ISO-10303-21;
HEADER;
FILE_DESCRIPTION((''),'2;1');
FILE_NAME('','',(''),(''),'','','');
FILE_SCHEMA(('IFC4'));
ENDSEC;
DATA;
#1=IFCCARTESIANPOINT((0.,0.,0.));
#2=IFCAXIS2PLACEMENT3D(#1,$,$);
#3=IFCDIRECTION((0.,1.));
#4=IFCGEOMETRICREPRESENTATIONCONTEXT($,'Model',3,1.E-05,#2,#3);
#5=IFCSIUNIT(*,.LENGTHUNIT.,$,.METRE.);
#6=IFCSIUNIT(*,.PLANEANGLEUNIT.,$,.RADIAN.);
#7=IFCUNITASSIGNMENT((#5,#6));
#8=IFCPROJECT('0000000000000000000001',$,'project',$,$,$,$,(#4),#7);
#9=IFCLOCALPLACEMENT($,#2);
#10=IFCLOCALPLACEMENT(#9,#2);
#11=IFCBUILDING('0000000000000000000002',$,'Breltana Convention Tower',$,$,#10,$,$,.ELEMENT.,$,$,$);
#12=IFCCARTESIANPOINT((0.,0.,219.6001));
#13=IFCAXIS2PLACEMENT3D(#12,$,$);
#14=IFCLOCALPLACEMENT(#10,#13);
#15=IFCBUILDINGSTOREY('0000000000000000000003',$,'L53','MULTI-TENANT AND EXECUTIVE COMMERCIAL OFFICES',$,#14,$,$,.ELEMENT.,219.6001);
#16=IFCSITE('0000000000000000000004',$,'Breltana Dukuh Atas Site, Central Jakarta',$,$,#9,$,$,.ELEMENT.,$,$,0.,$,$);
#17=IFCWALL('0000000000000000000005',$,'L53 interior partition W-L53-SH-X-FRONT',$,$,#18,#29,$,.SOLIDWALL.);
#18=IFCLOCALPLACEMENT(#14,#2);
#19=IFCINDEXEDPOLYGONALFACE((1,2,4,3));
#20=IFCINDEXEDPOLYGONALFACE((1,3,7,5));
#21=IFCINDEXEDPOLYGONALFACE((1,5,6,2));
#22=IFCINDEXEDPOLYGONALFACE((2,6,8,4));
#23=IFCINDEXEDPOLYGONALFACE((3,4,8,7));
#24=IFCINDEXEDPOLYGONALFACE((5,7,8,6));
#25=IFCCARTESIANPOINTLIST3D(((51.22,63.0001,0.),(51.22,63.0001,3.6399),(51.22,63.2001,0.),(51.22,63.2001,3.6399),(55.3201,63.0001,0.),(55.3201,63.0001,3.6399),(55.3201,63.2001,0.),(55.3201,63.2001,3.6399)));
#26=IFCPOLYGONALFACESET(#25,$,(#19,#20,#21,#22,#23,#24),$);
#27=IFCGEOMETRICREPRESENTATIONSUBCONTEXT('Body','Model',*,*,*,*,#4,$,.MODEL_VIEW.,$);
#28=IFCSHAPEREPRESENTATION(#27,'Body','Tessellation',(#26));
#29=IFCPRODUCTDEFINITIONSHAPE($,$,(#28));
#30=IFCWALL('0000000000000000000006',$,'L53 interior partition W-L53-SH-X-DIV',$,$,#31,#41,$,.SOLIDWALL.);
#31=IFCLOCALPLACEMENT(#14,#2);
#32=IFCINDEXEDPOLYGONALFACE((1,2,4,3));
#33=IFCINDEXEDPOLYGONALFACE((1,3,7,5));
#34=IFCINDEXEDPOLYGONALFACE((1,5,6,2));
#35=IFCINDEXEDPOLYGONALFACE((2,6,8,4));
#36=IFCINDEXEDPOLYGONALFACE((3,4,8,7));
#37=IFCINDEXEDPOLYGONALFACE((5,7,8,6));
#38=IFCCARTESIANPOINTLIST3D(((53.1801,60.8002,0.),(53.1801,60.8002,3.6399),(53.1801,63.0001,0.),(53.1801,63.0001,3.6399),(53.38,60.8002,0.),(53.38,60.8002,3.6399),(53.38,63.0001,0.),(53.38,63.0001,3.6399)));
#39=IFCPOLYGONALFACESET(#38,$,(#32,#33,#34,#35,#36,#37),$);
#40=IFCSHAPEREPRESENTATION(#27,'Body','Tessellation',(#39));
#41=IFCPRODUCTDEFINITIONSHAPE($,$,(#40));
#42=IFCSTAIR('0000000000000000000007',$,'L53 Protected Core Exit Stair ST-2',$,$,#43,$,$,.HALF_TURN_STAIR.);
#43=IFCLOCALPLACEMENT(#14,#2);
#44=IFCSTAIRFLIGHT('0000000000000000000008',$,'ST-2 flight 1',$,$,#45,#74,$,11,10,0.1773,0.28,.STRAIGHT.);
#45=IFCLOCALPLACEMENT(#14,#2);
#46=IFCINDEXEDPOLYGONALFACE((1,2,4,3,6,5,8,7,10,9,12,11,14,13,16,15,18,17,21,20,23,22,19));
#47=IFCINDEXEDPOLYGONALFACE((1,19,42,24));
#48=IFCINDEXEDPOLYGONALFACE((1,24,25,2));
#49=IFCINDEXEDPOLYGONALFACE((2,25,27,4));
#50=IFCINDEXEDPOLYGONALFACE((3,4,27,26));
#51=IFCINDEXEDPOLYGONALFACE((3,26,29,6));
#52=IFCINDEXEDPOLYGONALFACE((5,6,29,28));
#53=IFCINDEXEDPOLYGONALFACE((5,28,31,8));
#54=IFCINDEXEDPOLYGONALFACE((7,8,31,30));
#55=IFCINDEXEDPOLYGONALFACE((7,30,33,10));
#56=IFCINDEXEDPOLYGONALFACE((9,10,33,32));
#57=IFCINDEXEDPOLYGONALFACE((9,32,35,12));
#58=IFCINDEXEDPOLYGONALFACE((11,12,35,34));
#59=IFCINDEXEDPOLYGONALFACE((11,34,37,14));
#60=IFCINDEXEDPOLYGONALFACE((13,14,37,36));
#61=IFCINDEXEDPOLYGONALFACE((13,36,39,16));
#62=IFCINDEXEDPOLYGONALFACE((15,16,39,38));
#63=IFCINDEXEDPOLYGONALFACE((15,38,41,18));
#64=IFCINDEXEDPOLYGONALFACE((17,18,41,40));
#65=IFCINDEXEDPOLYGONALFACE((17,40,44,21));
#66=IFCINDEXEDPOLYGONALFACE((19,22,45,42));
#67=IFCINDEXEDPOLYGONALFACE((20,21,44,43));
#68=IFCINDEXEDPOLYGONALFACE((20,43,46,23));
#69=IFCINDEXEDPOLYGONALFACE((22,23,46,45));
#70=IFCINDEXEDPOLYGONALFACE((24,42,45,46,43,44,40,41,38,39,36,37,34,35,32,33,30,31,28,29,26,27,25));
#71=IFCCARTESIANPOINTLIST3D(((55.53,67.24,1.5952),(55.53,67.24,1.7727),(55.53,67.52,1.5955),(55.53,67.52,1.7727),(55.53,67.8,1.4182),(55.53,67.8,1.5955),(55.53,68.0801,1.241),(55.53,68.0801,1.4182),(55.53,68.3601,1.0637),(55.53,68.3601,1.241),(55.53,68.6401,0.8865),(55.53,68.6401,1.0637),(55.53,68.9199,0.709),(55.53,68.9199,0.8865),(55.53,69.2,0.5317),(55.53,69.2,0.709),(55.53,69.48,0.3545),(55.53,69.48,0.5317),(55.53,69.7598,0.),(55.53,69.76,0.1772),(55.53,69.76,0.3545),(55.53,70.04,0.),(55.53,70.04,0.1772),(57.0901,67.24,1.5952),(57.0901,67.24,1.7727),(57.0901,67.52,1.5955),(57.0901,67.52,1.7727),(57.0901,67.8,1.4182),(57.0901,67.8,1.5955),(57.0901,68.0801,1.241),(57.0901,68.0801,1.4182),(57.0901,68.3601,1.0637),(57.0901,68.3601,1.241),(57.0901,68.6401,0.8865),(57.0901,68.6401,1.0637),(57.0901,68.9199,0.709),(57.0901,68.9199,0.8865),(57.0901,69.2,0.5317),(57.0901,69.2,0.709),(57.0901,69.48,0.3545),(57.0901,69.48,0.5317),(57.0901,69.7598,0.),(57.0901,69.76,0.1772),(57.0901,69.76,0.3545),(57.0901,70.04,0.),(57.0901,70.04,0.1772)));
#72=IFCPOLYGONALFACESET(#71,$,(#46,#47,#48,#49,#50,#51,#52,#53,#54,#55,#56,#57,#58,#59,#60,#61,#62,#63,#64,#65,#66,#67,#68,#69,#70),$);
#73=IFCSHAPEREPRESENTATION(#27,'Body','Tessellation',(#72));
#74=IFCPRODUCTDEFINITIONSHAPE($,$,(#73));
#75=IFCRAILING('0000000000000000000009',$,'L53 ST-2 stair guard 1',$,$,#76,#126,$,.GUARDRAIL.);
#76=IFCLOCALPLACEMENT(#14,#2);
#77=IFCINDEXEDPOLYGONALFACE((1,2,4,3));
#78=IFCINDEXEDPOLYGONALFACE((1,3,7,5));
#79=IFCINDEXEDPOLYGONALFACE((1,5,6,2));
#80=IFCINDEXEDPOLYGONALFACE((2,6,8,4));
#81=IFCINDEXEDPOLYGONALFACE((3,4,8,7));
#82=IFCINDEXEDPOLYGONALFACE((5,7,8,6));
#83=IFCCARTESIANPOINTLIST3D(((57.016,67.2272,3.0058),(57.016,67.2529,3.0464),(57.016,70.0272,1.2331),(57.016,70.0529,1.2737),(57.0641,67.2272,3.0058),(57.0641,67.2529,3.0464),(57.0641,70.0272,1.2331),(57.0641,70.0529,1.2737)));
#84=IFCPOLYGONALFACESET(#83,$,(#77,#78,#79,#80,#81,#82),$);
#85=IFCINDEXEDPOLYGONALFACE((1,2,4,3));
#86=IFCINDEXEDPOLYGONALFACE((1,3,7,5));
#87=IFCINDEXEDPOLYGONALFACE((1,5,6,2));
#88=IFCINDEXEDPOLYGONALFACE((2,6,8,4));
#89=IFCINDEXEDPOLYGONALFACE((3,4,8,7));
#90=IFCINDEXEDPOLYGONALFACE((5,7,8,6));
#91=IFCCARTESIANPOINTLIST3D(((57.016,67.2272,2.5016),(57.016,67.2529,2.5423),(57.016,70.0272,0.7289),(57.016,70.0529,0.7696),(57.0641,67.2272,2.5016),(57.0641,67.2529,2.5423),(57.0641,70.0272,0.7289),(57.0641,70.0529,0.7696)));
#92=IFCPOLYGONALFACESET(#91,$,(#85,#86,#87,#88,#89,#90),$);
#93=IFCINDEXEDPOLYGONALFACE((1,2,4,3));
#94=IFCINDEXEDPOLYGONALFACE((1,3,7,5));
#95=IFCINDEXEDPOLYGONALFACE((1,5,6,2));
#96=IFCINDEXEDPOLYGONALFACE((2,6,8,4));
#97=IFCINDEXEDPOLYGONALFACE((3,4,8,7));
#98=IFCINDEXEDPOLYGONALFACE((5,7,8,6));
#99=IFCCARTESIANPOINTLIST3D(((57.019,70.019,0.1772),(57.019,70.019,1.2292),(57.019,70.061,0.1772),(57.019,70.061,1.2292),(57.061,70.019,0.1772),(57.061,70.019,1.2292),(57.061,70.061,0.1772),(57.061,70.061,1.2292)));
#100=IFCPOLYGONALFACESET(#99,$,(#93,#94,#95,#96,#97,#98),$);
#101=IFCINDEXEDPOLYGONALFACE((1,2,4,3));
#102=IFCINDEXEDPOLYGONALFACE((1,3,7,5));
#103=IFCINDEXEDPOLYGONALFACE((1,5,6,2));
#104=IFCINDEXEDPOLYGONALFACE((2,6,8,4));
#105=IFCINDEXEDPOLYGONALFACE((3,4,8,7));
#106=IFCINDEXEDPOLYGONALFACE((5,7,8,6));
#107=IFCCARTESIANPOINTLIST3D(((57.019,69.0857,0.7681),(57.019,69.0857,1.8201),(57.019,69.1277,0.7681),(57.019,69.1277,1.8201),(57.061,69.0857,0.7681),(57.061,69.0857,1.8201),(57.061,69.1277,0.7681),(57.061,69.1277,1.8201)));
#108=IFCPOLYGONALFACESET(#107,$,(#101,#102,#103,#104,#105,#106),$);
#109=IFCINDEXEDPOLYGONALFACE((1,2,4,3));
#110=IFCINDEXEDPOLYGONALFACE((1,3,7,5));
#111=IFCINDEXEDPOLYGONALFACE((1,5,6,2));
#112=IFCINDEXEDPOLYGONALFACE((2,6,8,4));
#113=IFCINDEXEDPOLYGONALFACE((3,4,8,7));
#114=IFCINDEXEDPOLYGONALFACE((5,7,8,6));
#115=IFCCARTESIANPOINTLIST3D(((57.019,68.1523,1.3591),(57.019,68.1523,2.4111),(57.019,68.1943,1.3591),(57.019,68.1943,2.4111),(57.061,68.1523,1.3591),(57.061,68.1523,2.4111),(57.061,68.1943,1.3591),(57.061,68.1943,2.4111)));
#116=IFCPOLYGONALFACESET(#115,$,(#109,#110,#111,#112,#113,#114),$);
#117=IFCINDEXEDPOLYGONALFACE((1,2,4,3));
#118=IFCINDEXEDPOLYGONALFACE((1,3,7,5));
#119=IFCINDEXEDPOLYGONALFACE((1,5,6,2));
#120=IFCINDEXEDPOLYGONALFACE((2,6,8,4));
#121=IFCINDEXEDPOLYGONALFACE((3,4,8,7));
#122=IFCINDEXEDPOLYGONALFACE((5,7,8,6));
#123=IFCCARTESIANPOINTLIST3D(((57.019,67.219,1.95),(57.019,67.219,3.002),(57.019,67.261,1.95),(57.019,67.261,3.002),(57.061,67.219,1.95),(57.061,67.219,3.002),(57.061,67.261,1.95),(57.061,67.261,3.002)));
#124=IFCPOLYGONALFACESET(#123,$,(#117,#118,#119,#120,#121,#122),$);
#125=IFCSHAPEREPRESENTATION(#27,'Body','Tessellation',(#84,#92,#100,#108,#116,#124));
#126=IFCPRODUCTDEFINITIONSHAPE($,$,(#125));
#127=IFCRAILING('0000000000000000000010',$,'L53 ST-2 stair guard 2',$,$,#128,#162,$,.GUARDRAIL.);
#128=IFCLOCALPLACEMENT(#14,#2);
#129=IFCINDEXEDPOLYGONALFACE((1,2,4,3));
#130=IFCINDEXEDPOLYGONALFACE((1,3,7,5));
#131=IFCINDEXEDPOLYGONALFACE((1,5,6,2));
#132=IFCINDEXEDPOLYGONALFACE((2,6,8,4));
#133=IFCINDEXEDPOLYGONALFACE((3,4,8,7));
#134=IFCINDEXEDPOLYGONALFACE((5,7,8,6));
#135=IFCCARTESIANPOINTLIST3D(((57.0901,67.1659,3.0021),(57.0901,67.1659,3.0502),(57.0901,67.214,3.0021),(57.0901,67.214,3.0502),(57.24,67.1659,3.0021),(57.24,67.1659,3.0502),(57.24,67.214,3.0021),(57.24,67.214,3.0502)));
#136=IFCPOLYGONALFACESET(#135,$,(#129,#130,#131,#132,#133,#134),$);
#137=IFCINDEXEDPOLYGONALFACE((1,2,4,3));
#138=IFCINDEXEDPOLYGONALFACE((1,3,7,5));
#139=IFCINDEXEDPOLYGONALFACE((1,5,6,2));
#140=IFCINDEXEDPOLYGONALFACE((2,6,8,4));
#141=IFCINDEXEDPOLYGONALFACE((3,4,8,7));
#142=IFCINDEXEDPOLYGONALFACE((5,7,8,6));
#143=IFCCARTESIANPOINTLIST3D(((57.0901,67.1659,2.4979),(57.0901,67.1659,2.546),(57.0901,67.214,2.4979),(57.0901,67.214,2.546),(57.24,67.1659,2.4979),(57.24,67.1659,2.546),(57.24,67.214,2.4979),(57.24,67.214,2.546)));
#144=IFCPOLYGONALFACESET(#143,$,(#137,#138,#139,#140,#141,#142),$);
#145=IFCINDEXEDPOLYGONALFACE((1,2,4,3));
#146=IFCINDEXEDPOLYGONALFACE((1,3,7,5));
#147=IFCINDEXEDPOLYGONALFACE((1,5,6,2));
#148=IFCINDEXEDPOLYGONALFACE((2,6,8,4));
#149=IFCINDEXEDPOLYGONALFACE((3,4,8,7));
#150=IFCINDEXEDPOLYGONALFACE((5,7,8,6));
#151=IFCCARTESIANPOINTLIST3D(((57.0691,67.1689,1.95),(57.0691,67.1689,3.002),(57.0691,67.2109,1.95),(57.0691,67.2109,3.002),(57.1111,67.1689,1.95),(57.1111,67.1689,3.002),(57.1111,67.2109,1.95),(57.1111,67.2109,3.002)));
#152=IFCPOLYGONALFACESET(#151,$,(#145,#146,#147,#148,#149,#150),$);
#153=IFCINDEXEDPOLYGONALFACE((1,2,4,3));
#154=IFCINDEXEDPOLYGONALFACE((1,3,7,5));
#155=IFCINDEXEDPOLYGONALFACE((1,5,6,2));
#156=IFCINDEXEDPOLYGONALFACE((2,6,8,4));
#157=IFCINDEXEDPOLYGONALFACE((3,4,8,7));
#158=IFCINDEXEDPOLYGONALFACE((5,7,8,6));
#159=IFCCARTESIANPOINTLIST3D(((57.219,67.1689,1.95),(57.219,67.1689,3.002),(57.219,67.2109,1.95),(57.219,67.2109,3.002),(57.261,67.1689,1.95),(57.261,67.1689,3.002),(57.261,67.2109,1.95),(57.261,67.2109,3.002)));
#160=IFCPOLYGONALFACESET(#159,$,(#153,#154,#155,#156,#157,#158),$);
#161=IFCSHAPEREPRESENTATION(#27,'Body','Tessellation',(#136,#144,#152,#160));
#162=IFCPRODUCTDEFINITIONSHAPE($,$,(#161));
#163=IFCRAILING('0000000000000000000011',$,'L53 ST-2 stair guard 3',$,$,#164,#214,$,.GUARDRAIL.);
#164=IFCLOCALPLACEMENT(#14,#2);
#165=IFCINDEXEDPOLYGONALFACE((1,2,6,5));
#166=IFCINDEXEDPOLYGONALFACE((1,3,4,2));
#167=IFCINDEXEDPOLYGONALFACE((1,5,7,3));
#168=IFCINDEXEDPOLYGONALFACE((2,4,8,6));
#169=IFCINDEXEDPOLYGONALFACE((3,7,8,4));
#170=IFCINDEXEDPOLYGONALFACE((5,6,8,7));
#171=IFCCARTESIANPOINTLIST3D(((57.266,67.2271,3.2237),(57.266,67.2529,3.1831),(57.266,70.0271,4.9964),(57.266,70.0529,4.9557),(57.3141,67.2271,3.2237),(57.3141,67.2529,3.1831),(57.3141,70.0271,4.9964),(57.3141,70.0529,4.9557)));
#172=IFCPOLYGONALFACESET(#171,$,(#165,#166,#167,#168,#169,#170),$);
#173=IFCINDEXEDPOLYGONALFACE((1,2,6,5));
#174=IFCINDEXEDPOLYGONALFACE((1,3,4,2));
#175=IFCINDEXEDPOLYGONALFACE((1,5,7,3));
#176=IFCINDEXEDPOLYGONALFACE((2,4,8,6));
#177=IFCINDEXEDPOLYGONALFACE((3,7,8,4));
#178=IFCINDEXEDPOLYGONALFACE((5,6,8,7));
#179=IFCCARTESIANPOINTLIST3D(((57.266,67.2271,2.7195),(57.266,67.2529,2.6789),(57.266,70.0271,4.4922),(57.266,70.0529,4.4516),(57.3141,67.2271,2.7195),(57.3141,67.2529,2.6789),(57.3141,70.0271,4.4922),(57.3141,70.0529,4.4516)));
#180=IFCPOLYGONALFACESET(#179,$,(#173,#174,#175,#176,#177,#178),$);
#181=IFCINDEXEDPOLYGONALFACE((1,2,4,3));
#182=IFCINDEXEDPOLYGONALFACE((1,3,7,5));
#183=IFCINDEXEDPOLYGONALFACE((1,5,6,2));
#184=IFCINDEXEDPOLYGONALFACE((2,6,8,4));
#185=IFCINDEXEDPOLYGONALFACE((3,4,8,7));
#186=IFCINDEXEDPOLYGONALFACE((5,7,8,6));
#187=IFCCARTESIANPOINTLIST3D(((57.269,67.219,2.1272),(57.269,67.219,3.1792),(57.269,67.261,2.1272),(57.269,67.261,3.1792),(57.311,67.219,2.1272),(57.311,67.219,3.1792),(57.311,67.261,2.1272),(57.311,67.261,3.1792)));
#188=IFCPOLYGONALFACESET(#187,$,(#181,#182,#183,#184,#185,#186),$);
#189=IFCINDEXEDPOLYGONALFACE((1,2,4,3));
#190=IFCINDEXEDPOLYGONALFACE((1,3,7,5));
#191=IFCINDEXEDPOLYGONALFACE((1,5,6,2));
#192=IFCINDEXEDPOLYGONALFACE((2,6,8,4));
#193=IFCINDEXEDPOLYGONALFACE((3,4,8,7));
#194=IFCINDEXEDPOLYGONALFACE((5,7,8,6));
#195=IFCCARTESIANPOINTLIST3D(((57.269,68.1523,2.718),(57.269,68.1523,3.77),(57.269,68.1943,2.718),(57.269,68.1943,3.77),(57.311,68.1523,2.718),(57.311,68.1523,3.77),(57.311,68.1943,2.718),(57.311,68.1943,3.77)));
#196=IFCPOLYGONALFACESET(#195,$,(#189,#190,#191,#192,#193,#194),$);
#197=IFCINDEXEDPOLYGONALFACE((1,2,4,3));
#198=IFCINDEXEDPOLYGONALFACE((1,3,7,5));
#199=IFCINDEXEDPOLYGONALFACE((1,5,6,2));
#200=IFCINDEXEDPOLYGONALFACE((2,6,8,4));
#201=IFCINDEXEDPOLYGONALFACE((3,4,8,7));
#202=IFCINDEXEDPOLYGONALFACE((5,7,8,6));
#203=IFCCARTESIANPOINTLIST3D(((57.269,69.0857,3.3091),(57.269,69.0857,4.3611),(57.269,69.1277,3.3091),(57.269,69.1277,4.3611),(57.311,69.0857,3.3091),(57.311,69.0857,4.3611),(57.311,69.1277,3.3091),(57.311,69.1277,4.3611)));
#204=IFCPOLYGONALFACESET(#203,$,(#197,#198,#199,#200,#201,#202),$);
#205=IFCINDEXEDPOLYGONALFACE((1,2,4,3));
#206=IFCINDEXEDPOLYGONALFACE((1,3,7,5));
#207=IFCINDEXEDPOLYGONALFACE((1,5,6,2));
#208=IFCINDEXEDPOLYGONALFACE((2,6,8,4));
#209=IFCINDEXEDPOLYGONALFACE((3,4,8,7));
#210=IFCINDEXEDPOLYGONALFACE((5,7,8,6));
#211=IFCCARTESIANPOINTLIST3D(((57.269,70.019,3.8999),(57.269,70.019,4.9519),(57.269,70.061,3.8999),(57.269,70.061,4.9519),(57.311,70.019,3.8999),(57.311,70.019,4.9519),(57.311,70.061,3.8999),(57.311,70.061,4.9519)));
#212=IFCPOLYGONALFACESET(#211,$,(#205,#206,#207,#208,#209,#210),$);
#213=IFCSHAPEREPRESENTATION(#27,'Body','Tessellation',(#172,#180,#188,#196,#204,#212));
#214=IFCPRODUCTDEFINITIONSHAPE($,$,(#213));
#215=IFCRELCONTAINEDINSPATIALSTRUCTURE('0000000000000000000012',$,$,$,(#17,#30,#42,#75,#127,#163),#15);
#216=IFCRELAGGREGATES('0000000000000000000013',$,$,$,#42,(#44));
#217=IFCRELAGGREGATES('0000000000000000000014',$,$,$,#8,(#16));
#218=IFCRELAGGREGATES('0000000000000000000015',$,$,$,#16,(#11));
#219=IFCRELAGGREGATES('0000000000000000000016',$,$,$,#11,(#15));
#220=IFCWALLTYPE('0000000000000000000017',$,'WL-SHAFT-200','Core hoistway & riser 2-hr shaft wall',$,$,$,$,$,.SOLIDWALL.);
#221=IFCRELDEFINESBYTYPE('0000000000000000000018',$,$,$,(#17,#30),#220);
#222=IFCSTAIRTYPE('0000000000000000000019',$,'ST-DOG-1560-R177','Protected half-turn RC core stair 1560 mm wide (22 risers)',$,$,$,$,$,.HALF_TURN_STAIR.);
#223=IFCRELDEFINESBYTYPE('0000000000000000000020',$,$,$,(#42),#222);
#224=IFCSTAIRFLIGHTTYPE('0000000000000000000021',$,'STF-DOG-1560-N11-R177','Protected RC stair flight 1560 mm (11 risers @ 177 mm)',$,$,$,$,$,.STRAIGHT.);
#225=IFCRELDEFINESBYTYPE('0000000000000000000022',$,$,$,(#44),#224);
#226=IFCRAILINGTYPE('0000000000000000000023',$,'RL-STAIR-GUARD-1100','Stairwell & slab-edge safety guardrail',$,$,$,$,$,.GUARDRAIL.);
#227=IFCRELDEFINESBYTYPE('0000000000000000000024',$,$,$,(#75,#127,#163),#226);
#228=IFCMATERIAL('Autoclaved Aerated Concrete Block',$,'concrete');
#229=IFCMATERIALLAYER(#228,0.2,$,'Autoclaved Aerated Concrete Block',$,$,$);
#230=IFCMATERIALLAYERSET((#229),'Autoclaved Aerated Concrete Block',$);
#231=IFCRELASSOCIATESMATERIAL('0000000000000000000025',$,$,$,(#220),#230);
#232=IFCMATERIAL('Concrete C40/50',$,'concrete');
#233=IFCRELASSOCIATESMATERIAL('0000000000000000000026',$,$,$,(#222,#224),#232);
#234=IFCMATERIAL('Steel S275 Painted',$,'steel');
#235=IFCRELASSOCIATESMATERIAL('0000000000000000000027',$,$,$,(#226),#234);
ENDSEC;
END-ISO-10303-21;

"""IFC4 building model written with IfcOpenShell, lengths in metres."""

from ifc_helpers import new_model, si_unit, direction, frame, frame_2d, origin, origin_2d, place, context, subcontext, project, spatial, polyline, rectangle, outline, extrude, source, transform, mapped, material, layer, layer_set, type_object, element, aggregate, save


model = new_model("IFC4")

# Units and contexts
model_context = context("Model", 3, precision=1e-05, world=origin(), true_north=direction((0.0, 1.0)))
body_context = subcontext(model_context, "Body", "Model", "MODEL_VIEW")
ifc_project = project(units=[si_unit("LENGTHUNIT", "METRE"), si_unit("PLANEANGLEUNIT", "RADIAN")], contexts=[model_context])

# Site, building, storey
site_placement = place(None, origin())
site = spatial("IfcSite", under=ifc_project, at=site_placement, Name="Breltana Dukuh Atas Site, Central Jakarta", CompositionType="ELEMENT", RefElevation=0.0)
building_placement = place(site_placement, origin())
building = spatial("IfcBuilding", under=site, at=building_placement, Name="Breltana Convention Tower", CompositionType="ELEMENT")
storey_placement = place(building_placement, frame((0.0, 0.0, 219.6001)))
storey = spatial("IfcBuildingStorey", under=building, at=storey_placement, Name="L53", Description="MULTI-TENANT AND EXECUTIVE COMMERCIAL OFFICES", CompositionType="ELEMENT", Elevation=219.6001)

# Shared definitions
ifc_material_1 = material(Name="Autoclaved Aerated Concrete Block", Category="concrete")
ifc_layer_1 = layer(ifc_material_1, 0.2, Name="Autoclaved Aerated Concrete Block")
ifc_layer_set_1 = layer_set([ifc_layer_1], Name="Autoclaved Aerated Concrete Block")
wall_type_1 = type_object("IfcWallType", Name="WL-SHAFT-200", Description="Core hoistway & riser 2-hr shaft wall", PredefinedType="SOLIDWALL", material=ifc_layer_set_1)

# Walls
shared_shape_1 = source(origin(), body_context, "Body", "SweptSolid", [
    extrude(rectangle(XDim=4.1001, YDim=0.2, at=frame_2d((2.05, 0.0))), origin(), (0.0, 0.0, 1.0), 3.6399),
])
wall_1_placement = place(storey_placement, frame((51.22, 63.1001, 0.0), z_axis=(0.0, 0.0, 1.0), x_axis=(1.0, 0.0, 0.0)))
element("IfcWall", 1, at=wall_1_placement, inside=storey, type_object=wall_type_1, Name="L53 interior partition W-L53-SH-X-FRONT", PredefinedType="SOLIDWALL", context=body_context, shape_type="MappedRepresentation", body=[
    mapped(shared_shape_1, transform((0.0, 0.0, 0.0), scale=1.0)),
])
shared_shape_2 = source(origin(), body_context, "Body", "SweptSolid", [
    extrude(rectangle(XDim=2.2, YDim=0.2, at=frame_2d((1.1001, 0.0))), origin(), (0.0, 0.0, 1.0), 3.6399),
])
wall_2_placement = place(storey_placement, frame((53.28, 60.8, 0.0), z_axis=(0.0, 0.0, 1.0), x_axis=(0.0, 1.0, 0.0)))
element("IfcWall", 2, at=wall_2_placement, inside=storey, type_object=wall_type_1, Name="L53 interior partition W-L53-SH-X-DIV", PredefinedType="SOLIDWALL", context=body_context, shape_type="MappedRepresentation", body=[
    mapped(shared_shape_2, transform((0.0, 0.0, 0.0), scale=1.0)),
])

# Stair, stair flight
ifc_material_2 = material(Name="Concrete C40/50", Category="concrete")
stair_type = type_object("IfcStairType", Name="ST-DOG-1560-R177", Description="Protected half-turn RC core stair 1560 mm wide (22 risers)", PredefinedType="HALF_TURN_STAIR", material=ifc_material_2)
stair_placement = place(storey_placement, origin())
stair = element("IfcStair", 3, at=stair_placement, inside=storey, type_object=stair_type, Name="L53 Protected Core Exit Stair ST-2", PredefinedType="HALF_TURN_STAIR")
stair_flight_type = type_object("IfcStairFlightType", Name="STF-DOG-1560-N11-R177", Description="Protected RC stair flight 1560 mm (11 risers @ 177 mm)", PredefinedType="STRAIGHT", material=ifc_material_2)
stair_flight_placement = place(storey_placement, frame((56.3101, 70.04, 0.0), z_axis=(0.0, 0.0, 1.0), x_axis=(0.0, -1.0, 0.0)))
stair_flight = element("IfcStairFlight", 4, at=stair_flight_placement, type_object=stair_flight_type, Name="ST-2 flight 1", NumberOfRisers=11, NumberOfTreads=10, PredefinedType="STRAIGHT", RiserHeight=0.1773, TreadLength=0.28, context=body_context, shape_type="SweptSolid", body=[
    extrude(outline(polyline([(0.0, 0.0), (0.0, 0.1772), (0.28, 0.1772), (0.28, 0.3545), (0.5601, 0.3545), (0.5601, 0.5317), (0.8401, 0.5317), (0.8401, 0.709), (1.1201, 0.709), (1.1201, 0.8865), (1.3999, 0.8865), (1.3999, 1.0637), (1.6799, 1.0637), (1.6799, 1.241), (1.96, 1.241), (1.96, 1.4182), (2.24, 1.4182), (2.24, 1.5955), (2.52, 1.5955), (2.52, 1.7727), (2.8, 1.7727), (2.8, 1.95), (2.8, 1.5952), (0.2803, 0.0), (0.0, 0.0)])), frame((0.0, 0.78, 0.0), z_axis=(0.0, -1.0, 0.0), x_axis=(1.0, 0.0, 0.0)), (0.0, 0.0, 1.0), 1.5601),
])
aggregate(stair, [stair_flight])

# Railings
ifc_material_3 = material(Name="Steel S275 Painted", Category="steel")
railing_type_1 = type_object("IfcRailingType", Name="RL-STAIR-GUARD-1100", Description="Stairwell & slab-edge safety guardrail", PredefinedType="GUARDRAIL", material=ifc_material_3)
railing_1_placement = place(storey_placement, frame((57.04, 70.04, 0.1772)))
element("IfcRailing", 5, at=railing_1_placement, inside=storey, type_object=railing_type_1, Name="L53 ST-2 stair guard 1", PredefinedType="GUARDRAIL", context=body_context, shape_type="SweptSolid", body=[
    extrude(rectangle(XDim=0.0481, YDim=0.0481, at=origin_2d()), frame((0.0, 0.0, 1.0762), z_axis=(0.0, -0.844909, 0.53491), x_axis=(1.0, 0.0, 0.0)), (0.0, 0.0, 1.0), 3.314),
    extrude(rectangle(XDim=0.0481, YDim=0.0481, at=origin_2d()), frame((0.0, 0.0, 0.572), z_axis=(0.0, -0.844909, 0.53491), x_axis=(1.0, 0.0, 0.0)), (0.0, 0.0, 1.0), 3.314),
    extrude(rectangle(XDim=0.042, YDim=0.042, at=origin_2d()), origin(), (0.0, 0.0, 1.0), 1.052),
    extrude(rectangle(XDim=0.042, YDim=0.042, at=origin_2d()), frame((0.0, -0.9333, 0.5908)), (0.0, 0.0, 1.0), 1.052),
    extrude(rectangle(XDim=0.042, YDim=0.042, at=origin_2d()), frame((0.0, -1.8667, 1.1819)), (0.0, 0.0, 1.0), 1.052),
    extrude(rectangle(XDim=0.042, YDim=0.042, at=origin_2d()), frame((0.0, -2.8, 1.7727)), (0.0, 0.0, 1.0), 1.052),
])
railing_2_placement = place(storey_placement, frame((57.0901, 67.1899, 1.95)))
element("IfcRailing", 6, at=railing_2_placement, inside=storey, type_object=railing_type_1, Name="L53 ST-2 stair guard 2", PredefinedType="GUARDRAIL", context=body_context, shape_type="SweptSolid", body=[
    extrude(rectangle(XDim=0.0481, YDim=0.0481, at=origin_2d()), frame((0.0, 0.0, 1.0762), z_axis=(1.0, 0.0, 0.0), x_axis=(0.0, 1.0, 0.0)), (0.0, 0.0, 1.0), 0.1499),
    extrude(rectangle(XDim=0.0481, YDim=0.0481, at=origin_2d()), frame((0.0, 0.0, 0.572), z_axis=(1.0, 0.0, 0.0), x_axis=(0.0, 1.0, 0.0)), (0.0, 0.0, 1.0), 0.1499),
    extrude(rectangle(XDim=0.042, YDim=0.042, at=origin_2d()), origin(), (0.0, 0.0, 1.0), 1.052),
    extrude(rectangle(XDim=0.042, YDim=0.042, at=origin_2d()), frame((0.1499, 0.0, 0.0)), (0.0, 0.0, 1.0), 1.052),
])
railing_3_placement = place(storey_placement, frame((57.29, 67.24, 2.1272)))
element("IfcRailing", 7, at=railing_3_placement, inside=storey, type_object=railing_type_1, Name="L53 ST-2 stair guard 3", PredefinedType="GUARDRAIL", context=body_context, shape_type="SweptSolid", body=[
    extrude(rectangle(XDim=0.0481, YDim=0.0481, at=origin_2d()), frame((0.0, 0.0, 1.0762), z_axis=(0.0, 0.844909, 0.53491), x_axis=(-1.0, 0.0, 0.0)), (0.0, 0.0, 1.0), 3.314),
    extrude(rectangle(XDim=0.0481, YDim=0.0481, at=origin_2d()), frame((0.0, 0.0, 0.572), z_axis=(0.0, 0.844909, 0.53491), x_axis=(-1.0, 0.0, 0.0)), (0.0, 0.0, 1.0), 3.314),
    extrude(rectangle(XDim=0.042, YDim=0.042, at=origin_2d()), origin(), (0.0, 0.0, 1.0), 1.052),
    extrude(rectangle(XDim=0.042, YDim=0.042, at=origin_2d()), frame((0.0, 0.9333, 0.5908)), (0.0, 0.0, 1.0), 1.052),
    extrude(rectangle(XDim=0.042, YDim=0.042, at=origin_2d()), frame((0.0, 1.8667, 1.1819)), (0.0, 0.0, 1.0), 1.052),
    extrude(rectangle(XDim=0.042, YDim=0.042, at=origin_2d()), frame((0.0, 2.8, 1.7727)), (0.0, 0.0, 1.0), 1.052),
])

save(model, "model.ifc")
